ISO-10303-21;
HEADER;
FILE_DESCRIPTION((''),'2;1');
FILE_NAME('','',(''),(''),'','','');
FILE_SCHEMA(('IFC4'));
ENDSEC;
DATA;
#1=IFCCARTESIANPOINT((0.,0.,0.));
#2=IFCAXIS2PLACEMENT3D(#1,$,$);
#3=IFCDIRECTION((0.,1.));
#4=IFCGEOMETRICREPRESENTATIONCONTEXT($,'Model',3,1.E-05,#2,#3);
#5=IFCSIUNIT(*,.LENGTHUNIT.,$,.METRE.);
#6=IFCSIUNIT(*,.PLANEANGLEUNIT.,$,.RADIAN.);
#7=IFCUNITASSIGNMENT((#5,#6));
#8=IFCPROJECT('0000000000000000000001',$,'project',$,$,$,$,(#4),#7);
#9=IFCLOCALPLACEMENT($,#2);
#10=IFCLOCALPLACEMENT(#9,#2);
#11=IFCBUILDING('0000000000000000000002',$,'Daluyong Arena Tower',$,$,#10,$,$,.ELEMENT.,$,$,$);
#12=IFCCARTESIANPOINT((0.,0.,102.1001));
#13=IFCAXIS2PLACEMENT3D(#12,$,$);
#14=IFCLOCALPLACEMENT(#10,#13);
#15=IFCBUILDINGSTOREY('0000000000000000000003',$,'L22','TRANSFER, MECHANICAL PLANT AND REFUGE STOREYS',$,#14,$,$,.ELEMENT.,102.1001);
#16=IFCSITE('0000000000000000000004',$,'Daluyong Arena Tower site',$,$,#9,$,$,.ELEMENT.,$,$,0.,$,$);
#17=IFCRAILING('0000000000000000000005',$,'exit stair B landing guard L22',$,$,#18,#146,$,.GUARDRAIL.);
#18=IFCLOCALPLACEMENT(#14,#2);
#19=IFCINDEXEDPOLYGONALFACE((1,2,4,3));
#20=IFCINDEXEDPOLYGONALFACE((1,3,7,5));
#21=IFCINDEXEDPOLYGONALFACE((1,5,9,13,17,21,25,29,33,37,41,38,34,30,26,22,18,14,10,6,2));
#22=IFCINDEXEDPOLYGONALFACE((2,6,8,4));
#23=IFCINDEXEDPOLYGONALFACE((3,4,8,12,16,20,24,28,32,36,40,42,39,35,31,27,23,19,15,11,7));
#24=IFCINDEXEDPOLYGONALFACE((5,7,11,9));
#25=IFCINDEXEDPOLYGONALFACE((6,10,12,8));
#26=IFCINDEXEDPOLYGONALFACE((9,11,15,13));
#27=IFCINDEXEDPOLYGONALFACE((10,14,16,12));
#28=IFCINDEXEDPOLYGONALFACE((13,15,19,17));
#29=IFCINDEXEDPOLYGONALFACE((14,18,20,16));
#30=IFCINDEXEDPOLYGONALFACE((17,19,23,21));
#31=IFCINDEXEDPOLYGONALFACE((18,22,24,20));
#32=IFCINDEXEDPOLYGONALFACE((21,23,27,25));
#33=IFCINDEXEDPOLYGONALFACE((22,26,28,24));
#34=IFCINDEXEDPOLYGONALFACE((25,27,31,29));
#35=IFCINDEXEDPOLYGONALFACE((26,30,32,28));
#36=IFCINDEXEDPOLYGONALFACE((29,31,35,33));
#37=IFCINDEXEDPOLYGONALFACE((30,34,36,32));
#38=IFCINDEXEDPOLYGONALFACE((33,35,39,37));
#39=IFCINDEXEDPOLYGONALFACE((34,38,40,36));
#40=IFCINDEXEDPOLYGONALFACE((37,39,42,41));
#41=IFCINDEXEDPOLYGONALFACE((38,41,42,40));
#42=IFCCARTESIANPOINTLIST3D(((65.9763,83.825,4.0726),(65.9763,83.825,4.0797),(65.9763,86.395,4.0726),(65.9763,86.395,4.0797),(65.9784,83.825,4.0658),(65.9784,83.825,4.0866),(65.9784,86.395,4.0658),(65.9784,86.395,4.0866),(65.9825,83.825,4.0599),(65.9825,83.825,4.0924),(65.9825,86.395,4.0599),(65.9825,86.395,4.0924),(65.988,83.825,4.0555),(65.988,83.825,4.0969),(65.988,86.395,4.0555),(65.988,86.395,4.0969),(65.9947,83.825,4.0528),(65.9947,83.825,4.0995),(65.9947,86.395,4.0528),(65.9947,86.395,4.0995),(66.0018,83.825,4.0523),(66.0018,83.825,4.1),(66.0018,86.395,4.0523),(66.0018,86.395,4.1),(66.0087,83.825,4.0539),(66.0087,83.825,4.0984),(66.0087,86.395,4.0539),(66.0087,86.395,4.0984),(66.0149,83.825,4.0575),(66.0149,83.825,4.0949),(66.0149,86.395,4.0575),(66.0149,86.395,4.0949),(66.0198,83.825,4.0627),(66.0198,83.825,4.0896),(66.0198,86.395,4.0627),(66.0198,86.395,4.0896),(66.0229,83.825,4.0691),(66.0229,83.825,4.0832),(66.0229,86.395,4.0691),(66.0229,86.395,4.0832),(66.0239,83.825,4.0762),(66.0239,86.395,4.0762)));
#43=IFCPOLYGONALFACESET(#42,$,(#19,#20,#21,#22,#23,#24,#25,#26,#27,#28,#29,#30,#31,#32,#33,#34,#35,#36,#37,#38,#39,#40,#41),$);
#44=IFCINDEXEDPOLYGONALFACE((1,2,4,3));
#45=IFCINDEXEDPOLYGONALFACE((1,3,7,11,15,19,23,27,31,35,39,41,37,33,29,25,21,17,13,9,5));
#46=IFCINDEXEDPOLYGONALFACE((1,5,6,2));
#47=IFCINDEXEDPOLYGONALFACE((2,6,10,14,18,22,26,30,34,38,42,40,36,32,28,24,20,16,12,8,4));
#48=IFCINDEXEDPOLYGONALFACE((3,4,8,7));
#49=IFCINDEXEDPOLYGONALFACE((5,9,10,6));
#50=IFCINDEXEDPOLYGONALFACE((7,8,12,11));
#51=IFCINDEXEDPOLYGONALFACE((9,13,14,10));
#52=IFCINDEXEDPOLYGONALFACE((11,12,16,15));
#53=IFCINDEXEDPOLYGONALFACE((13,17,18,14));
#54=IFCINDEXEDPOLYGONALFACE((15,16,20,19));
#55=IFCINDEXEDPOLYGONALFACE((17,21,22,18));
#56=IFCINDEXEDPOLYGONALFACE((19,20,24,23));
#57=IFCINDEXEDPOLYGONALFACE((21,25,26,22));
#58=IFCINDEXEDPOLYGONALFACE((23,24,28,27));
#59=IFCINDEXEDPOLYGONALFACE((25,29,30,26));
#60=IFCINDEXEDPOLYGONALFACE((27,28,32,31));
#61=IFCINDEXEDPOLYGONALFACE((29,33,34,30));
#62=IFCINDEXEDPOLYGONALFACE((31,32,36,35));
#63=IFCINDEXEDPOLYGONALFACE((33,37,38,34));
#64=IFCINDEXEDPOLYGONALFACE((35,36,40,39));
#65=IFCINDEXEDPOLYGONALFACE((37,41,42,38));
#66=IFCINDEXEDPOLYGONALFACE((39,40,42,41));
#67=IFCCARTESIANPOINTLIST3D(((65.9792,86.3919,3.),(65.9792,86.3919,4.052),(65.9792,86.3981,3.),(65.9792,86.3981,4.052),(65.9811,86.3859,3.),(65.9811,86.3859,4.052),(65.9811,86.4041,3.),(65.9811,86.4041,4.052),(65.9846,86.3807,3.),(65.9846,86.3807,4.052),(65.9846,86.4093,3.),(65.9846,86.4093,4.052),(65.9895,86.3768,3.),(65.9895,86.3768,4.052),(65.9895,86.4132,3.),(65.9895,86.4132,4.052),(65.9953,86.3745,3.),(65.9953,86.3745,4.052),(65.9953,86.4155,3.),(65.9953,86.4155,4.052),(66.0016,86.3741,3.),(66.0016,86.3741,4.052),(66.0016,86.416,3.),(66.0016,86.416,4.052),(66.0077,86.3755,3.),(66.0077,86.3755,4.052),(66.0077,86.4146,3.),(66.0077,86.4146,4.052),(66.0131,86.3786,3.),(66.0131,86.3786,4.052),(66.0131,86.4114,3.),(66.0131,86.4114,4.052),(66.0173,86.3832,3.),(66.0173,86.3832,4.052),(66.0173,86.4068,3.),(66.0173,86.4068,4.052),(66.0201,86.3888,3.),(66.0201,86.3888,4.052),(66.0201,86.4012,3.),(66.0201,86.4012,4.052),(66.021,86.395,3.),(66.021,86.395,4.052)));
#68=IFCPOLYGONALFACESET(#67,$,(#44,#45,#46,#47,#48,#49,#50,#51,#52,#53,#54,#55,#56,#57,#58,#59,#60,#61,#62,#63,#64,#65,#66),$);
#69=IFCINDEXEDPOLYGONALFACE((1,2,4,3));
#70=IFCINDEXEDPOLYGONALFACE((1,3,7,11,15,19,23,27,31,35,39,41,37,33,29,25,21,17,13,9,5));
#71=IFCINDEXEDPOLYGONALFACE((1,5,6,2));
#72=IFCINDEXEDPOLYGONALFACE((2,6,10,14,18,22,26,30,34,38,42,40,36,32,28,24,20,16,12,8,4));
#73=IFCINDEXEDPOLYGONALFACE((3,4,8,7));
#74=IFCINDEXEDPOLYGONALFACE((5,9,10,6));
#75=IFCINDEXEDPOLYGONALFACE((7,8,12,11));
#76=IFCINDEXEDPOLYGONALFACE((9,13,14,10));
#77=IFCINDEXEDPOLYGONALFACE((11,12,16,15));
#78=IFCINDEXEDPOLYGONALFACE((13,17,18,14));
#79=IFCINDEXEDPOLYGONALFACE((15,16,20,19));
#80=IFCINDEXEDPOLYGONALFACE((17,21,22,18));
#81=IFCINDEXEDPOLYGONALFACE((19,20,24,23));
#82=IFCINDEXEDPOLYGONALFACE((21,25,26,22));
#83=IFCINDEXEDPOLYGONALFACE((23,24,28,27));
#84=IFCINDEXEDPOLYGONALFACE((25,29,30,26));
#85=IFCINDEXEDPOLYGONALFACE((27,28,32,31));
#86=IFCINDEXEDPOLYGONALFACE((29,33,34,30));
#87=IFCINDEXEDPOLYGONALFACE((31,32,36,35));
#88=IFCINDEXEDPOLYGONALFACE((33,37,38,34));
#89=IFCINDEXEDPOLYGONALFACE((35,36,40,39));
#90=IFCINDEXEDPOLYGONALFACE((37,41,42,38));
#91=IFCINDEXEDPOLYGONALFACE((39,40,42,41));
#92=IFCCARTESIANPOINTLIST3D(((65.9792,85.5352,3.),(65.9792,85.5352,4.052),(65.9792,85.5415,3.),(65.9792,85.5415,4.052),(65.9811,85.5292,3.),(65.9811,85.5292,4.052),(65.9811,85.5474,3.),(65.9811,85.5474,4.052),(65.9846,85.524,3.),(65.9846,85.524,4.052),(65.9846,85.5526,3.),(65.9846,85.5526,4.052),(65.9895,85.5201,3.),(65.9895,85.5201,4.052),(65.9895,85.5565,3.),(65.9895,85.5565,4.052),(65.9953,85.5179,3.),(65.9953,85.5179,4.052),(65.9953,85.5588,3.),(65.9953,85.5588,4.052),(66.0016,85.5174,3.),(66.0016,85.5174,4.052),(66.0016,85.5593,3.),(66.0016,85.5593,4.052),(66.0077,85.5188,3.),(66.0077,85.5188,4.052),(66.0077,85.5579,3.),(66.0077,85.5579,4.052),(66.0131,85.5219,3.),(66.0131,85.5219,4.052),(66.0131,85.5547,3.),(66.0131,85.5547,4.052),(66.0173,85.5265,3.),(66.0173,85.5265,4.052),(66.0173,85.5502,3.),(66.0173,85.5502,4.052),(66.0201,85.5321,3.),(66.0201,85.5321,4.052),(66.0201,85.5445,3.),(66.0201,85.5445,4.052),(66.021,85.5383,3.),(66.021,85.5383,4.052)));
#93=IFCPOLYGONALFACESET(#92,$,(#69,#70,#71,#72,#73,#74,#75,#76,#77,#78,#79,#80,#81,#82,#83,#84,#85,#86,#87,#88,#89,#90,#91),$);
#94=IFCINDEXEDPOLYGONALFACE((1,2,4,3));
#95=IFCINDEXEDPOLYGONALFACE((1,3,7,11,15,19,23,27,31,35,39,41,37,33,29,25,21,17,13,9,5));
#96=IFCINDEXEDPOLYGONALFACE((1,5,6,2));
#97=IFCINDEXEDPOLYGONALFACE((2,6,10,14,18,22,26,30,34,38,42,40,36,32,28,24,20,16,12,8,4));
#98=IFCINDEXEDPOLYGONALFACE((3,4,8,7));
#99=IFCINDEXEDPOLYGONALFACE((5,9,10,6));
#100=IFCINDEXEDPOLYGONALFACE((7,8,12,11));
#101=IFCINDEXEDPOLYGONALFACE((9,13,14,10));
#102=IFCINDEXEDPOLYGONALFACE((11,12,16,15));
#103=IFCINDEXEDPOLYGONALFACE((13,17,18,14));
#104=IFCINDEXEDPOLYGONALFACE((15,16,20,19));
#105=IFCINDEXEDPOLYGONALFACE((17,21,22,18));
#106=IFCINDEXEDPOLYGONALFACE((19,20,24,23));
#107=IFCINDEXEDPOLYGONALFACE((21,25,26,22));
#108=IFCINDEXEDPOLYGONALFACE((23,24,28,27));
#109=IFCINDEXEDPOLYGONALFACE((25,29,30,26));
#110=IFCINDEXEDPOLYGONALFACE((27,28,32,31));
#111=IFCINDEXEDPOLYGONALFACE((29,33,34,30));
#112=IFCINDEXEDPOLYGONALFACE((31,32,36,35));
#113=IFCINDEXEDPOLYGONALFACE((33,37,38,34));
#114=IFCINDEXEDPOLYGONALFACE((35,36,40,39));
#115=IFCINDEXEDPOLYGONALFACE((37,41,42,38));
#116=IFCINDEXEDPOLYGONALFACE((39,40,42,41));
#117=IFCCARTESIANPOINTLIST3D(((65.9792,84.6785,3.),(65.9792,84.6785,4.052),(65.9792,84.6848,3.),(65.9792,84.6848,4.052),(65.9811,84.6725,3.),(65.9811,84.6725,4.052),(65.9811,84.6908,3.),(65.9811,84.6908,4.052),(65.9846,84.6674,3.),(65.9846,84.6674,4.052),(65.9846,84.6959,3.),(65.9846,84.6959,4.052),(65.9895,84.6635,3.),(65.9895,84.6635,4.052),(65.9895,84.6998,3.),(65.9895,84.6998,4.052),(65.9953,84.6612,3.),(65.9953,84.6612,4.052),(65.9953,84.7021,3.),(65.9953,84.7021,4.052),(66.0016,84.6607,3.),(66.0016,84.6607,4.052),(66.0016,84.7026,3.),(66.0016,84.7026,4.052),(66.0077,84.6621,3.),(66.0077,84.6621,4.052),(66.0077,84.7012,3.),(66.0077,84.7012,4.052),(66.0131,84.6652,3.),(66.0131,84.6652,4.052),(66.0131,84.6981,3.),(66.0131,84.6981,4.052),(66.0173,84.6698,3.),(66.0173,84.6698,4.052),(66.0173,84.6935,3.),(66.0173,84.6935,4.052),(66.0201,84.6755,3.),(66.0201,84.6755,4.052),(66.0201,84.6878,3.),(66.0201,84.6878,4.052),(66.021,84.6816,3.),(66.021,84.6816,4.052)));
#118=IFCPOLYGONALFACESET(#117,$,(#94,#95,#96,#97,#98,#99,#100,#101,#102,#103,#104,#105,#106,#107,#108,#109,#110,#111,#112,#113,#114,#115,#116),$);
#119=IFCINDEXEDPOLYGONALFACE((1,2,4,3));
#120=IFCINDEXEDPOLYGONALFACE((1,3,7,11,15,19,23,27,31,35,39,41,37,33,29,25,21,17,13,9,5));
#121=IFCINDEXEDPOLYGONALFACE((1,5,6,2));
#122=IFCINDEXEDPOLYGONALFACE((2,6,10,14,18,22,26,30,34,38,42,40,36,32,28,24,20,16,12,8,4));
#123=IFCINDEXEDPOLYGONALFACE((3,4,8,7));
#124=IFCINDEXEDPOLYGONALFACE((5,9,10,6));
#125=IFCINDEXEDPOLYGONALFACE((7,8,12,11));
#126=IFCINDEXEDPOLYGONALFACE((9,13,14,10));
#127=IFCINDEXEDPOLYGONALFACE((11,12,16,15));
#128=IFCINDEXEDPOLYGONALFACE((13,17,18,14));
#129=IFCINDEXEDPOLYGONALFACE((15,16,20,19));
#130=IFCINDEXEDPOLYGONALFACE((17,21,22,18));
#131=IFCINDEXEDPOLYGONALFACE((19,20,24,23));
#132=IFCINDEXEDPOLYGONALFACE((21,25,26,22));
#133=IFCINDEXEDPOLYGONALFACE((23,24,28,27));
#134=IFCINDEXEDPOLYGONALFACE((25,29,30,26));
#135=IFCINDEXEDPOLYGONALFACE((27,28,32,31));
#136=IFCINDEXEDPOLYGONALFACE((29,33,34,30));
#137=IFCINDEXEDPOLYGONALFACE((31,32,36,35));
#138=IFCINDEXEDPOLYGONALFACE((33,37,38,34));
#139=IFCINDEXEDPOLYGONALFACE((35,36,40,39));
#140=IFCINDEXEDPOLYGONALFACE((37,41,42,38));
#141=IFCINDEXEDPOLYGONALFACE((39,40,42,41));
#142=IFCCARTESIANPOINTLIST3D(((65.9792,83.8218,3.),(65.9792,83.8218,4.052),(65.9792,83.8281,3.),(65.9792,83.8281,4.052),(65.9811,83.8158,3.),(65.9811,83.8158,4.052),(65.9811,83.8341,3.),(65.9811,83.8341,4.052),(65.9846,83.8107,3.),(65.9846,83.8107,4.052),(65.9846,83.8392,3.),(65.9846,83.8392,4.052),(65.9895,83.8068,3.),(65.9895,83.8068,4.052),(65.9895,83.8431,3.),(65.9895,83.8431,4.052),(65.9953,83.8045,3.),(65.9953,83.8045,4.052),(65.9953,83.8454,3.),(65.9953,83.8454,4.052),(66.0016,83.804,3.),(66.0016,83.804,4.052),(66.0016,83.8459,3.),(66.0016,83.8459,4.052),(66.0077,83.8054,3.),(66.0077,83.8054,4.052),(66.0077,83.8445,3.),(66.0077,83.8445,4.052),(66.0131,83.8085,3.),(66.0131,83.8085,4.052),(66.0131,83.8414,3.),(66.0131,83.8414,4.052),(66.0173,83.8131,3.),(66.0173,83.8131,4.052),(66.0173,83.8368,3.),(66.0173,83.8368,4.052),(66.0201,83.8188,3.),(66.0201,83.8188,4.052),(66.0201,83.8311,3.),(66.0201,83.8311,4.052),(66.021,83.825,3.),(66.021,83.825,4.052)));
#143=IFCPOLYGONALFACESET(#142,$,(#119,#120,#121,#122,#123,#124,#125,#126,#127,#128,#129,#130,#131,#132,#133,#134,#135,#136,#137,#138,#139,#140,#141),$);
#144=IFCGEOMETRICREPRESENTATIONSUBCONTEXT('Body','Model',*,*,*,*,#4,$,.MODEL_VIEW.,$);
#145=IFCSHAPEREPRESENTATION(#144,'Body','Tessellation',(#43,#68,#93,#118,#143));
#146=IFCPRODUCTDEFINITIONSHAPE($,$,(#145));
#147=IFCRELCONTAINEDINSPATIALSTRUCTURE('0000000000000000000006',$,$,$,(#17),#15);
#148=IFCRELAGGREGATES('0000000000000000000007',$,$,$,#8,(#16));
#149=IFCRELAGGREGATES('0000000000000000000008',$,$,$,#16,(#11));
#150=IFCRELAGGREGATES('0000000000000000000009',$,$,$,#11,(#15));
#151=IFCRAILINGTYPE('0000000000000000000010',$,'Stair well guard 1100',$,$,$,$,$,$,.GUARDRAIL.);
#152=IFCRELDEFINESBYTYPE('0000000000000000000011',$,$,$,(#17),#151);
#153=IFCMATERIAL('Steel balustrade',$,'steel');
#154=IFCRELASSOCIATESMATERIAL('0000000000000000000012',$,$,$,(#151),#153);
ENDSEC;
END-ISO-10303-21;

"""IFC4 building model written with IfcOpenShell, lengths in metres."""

from ifc_helpers import new_model, si_unit, direction, frame, origin, origin_2d, place, context, subcontext, project, spatial, circle, extrude, material, type_object, element, save


model = new_model("IFC4")

# Units and contexts
model_context = context("Model", 3, precision=1e-05, world=origin(), true_north=direction((0.0, 1.0)))
body_context = subcontext(model_context, "Body", "Model", "MODEL_VIEW")
ifc_project = project(units=[si_unit("LENGTHUNIT", "METRE"), si_unit("PLANEANGLEUNIT", "RADIAN")], contexts=[model_context])

# Site, building, storey
site_placement = place(None, origin())
site = spatial("IfcSite", under=ifc_project, at=site_placement, Name="Daluyong Arena Tower site", CompositionType="ELEMENT", RefElevation=0.0)
building_placement = place(site_placement, origin())
building = spatial("IfcBuilding", under=site, at=building_placement, Name="Daluyong Arena Tower", CompositionType="ELEMENT")
storey_placement = place(building_placement, frame((0.0, 0.0, 102.1001)))
storey = spatial("IfcBuildingStorey", under=building, at=storey_placement, Name="L22", Description="TRANSFER, MECHANICAL PLANT AND REFUGE STOREYS", CompositionType="ELEMENT", Elevation=102.1001)

# Railing
ifc_material_1 = material(Name="Steel balustrade", Category="steel")
railing_type_1 = type_object("IfcRailingType", Name="Stair well guard 1100", PredefinedType="GUARDRAIL", material=ifc_material_1)
railing_placement = place(storey_placement, frame((66.0, 86.395, 3.0)))
element("IfcRailing", 1, at=railing_placement, inside=storey, type_object=railing_type_1, Name="exit stair B landing guard L22", PredefinedType="GUARDRAIL", context=body_context, shape_type="SweptSolid", body=[
    extrude(circle(Radius=0.0239, at=origin_2d()), frame((0.0, 0.0, 1.0762), z_axis=(0.0, -1.0, 0.0), x_axis=(1.0, 0.0, 0.0)), (0.0, 0.0, 1.0), 2.5701),
    extrude(circle(Radius=0.021, at=origin_2d()), origin(), (0.0, 0.0, 1.0), 1.052),
    extrude(circle(Radius=0.021, at=origin_2d()), frame((0.0, -0.8567, 0.0)), (0.0, 0.0, 1.0), 1.052),
    extrude(circle(Radius=0.021, at=origin_2d()), frame((0.0, -1.7134, 0.0)), (0.0, 0.0, 1.0), 1.052),
    extrude(circle(Radius=0.021, at=origin_2d()), frame((0.0, -2.5701, 0.0)), (0.0, 0.0, 1.0), 1.052),
])

save(model, "model.ifc")
